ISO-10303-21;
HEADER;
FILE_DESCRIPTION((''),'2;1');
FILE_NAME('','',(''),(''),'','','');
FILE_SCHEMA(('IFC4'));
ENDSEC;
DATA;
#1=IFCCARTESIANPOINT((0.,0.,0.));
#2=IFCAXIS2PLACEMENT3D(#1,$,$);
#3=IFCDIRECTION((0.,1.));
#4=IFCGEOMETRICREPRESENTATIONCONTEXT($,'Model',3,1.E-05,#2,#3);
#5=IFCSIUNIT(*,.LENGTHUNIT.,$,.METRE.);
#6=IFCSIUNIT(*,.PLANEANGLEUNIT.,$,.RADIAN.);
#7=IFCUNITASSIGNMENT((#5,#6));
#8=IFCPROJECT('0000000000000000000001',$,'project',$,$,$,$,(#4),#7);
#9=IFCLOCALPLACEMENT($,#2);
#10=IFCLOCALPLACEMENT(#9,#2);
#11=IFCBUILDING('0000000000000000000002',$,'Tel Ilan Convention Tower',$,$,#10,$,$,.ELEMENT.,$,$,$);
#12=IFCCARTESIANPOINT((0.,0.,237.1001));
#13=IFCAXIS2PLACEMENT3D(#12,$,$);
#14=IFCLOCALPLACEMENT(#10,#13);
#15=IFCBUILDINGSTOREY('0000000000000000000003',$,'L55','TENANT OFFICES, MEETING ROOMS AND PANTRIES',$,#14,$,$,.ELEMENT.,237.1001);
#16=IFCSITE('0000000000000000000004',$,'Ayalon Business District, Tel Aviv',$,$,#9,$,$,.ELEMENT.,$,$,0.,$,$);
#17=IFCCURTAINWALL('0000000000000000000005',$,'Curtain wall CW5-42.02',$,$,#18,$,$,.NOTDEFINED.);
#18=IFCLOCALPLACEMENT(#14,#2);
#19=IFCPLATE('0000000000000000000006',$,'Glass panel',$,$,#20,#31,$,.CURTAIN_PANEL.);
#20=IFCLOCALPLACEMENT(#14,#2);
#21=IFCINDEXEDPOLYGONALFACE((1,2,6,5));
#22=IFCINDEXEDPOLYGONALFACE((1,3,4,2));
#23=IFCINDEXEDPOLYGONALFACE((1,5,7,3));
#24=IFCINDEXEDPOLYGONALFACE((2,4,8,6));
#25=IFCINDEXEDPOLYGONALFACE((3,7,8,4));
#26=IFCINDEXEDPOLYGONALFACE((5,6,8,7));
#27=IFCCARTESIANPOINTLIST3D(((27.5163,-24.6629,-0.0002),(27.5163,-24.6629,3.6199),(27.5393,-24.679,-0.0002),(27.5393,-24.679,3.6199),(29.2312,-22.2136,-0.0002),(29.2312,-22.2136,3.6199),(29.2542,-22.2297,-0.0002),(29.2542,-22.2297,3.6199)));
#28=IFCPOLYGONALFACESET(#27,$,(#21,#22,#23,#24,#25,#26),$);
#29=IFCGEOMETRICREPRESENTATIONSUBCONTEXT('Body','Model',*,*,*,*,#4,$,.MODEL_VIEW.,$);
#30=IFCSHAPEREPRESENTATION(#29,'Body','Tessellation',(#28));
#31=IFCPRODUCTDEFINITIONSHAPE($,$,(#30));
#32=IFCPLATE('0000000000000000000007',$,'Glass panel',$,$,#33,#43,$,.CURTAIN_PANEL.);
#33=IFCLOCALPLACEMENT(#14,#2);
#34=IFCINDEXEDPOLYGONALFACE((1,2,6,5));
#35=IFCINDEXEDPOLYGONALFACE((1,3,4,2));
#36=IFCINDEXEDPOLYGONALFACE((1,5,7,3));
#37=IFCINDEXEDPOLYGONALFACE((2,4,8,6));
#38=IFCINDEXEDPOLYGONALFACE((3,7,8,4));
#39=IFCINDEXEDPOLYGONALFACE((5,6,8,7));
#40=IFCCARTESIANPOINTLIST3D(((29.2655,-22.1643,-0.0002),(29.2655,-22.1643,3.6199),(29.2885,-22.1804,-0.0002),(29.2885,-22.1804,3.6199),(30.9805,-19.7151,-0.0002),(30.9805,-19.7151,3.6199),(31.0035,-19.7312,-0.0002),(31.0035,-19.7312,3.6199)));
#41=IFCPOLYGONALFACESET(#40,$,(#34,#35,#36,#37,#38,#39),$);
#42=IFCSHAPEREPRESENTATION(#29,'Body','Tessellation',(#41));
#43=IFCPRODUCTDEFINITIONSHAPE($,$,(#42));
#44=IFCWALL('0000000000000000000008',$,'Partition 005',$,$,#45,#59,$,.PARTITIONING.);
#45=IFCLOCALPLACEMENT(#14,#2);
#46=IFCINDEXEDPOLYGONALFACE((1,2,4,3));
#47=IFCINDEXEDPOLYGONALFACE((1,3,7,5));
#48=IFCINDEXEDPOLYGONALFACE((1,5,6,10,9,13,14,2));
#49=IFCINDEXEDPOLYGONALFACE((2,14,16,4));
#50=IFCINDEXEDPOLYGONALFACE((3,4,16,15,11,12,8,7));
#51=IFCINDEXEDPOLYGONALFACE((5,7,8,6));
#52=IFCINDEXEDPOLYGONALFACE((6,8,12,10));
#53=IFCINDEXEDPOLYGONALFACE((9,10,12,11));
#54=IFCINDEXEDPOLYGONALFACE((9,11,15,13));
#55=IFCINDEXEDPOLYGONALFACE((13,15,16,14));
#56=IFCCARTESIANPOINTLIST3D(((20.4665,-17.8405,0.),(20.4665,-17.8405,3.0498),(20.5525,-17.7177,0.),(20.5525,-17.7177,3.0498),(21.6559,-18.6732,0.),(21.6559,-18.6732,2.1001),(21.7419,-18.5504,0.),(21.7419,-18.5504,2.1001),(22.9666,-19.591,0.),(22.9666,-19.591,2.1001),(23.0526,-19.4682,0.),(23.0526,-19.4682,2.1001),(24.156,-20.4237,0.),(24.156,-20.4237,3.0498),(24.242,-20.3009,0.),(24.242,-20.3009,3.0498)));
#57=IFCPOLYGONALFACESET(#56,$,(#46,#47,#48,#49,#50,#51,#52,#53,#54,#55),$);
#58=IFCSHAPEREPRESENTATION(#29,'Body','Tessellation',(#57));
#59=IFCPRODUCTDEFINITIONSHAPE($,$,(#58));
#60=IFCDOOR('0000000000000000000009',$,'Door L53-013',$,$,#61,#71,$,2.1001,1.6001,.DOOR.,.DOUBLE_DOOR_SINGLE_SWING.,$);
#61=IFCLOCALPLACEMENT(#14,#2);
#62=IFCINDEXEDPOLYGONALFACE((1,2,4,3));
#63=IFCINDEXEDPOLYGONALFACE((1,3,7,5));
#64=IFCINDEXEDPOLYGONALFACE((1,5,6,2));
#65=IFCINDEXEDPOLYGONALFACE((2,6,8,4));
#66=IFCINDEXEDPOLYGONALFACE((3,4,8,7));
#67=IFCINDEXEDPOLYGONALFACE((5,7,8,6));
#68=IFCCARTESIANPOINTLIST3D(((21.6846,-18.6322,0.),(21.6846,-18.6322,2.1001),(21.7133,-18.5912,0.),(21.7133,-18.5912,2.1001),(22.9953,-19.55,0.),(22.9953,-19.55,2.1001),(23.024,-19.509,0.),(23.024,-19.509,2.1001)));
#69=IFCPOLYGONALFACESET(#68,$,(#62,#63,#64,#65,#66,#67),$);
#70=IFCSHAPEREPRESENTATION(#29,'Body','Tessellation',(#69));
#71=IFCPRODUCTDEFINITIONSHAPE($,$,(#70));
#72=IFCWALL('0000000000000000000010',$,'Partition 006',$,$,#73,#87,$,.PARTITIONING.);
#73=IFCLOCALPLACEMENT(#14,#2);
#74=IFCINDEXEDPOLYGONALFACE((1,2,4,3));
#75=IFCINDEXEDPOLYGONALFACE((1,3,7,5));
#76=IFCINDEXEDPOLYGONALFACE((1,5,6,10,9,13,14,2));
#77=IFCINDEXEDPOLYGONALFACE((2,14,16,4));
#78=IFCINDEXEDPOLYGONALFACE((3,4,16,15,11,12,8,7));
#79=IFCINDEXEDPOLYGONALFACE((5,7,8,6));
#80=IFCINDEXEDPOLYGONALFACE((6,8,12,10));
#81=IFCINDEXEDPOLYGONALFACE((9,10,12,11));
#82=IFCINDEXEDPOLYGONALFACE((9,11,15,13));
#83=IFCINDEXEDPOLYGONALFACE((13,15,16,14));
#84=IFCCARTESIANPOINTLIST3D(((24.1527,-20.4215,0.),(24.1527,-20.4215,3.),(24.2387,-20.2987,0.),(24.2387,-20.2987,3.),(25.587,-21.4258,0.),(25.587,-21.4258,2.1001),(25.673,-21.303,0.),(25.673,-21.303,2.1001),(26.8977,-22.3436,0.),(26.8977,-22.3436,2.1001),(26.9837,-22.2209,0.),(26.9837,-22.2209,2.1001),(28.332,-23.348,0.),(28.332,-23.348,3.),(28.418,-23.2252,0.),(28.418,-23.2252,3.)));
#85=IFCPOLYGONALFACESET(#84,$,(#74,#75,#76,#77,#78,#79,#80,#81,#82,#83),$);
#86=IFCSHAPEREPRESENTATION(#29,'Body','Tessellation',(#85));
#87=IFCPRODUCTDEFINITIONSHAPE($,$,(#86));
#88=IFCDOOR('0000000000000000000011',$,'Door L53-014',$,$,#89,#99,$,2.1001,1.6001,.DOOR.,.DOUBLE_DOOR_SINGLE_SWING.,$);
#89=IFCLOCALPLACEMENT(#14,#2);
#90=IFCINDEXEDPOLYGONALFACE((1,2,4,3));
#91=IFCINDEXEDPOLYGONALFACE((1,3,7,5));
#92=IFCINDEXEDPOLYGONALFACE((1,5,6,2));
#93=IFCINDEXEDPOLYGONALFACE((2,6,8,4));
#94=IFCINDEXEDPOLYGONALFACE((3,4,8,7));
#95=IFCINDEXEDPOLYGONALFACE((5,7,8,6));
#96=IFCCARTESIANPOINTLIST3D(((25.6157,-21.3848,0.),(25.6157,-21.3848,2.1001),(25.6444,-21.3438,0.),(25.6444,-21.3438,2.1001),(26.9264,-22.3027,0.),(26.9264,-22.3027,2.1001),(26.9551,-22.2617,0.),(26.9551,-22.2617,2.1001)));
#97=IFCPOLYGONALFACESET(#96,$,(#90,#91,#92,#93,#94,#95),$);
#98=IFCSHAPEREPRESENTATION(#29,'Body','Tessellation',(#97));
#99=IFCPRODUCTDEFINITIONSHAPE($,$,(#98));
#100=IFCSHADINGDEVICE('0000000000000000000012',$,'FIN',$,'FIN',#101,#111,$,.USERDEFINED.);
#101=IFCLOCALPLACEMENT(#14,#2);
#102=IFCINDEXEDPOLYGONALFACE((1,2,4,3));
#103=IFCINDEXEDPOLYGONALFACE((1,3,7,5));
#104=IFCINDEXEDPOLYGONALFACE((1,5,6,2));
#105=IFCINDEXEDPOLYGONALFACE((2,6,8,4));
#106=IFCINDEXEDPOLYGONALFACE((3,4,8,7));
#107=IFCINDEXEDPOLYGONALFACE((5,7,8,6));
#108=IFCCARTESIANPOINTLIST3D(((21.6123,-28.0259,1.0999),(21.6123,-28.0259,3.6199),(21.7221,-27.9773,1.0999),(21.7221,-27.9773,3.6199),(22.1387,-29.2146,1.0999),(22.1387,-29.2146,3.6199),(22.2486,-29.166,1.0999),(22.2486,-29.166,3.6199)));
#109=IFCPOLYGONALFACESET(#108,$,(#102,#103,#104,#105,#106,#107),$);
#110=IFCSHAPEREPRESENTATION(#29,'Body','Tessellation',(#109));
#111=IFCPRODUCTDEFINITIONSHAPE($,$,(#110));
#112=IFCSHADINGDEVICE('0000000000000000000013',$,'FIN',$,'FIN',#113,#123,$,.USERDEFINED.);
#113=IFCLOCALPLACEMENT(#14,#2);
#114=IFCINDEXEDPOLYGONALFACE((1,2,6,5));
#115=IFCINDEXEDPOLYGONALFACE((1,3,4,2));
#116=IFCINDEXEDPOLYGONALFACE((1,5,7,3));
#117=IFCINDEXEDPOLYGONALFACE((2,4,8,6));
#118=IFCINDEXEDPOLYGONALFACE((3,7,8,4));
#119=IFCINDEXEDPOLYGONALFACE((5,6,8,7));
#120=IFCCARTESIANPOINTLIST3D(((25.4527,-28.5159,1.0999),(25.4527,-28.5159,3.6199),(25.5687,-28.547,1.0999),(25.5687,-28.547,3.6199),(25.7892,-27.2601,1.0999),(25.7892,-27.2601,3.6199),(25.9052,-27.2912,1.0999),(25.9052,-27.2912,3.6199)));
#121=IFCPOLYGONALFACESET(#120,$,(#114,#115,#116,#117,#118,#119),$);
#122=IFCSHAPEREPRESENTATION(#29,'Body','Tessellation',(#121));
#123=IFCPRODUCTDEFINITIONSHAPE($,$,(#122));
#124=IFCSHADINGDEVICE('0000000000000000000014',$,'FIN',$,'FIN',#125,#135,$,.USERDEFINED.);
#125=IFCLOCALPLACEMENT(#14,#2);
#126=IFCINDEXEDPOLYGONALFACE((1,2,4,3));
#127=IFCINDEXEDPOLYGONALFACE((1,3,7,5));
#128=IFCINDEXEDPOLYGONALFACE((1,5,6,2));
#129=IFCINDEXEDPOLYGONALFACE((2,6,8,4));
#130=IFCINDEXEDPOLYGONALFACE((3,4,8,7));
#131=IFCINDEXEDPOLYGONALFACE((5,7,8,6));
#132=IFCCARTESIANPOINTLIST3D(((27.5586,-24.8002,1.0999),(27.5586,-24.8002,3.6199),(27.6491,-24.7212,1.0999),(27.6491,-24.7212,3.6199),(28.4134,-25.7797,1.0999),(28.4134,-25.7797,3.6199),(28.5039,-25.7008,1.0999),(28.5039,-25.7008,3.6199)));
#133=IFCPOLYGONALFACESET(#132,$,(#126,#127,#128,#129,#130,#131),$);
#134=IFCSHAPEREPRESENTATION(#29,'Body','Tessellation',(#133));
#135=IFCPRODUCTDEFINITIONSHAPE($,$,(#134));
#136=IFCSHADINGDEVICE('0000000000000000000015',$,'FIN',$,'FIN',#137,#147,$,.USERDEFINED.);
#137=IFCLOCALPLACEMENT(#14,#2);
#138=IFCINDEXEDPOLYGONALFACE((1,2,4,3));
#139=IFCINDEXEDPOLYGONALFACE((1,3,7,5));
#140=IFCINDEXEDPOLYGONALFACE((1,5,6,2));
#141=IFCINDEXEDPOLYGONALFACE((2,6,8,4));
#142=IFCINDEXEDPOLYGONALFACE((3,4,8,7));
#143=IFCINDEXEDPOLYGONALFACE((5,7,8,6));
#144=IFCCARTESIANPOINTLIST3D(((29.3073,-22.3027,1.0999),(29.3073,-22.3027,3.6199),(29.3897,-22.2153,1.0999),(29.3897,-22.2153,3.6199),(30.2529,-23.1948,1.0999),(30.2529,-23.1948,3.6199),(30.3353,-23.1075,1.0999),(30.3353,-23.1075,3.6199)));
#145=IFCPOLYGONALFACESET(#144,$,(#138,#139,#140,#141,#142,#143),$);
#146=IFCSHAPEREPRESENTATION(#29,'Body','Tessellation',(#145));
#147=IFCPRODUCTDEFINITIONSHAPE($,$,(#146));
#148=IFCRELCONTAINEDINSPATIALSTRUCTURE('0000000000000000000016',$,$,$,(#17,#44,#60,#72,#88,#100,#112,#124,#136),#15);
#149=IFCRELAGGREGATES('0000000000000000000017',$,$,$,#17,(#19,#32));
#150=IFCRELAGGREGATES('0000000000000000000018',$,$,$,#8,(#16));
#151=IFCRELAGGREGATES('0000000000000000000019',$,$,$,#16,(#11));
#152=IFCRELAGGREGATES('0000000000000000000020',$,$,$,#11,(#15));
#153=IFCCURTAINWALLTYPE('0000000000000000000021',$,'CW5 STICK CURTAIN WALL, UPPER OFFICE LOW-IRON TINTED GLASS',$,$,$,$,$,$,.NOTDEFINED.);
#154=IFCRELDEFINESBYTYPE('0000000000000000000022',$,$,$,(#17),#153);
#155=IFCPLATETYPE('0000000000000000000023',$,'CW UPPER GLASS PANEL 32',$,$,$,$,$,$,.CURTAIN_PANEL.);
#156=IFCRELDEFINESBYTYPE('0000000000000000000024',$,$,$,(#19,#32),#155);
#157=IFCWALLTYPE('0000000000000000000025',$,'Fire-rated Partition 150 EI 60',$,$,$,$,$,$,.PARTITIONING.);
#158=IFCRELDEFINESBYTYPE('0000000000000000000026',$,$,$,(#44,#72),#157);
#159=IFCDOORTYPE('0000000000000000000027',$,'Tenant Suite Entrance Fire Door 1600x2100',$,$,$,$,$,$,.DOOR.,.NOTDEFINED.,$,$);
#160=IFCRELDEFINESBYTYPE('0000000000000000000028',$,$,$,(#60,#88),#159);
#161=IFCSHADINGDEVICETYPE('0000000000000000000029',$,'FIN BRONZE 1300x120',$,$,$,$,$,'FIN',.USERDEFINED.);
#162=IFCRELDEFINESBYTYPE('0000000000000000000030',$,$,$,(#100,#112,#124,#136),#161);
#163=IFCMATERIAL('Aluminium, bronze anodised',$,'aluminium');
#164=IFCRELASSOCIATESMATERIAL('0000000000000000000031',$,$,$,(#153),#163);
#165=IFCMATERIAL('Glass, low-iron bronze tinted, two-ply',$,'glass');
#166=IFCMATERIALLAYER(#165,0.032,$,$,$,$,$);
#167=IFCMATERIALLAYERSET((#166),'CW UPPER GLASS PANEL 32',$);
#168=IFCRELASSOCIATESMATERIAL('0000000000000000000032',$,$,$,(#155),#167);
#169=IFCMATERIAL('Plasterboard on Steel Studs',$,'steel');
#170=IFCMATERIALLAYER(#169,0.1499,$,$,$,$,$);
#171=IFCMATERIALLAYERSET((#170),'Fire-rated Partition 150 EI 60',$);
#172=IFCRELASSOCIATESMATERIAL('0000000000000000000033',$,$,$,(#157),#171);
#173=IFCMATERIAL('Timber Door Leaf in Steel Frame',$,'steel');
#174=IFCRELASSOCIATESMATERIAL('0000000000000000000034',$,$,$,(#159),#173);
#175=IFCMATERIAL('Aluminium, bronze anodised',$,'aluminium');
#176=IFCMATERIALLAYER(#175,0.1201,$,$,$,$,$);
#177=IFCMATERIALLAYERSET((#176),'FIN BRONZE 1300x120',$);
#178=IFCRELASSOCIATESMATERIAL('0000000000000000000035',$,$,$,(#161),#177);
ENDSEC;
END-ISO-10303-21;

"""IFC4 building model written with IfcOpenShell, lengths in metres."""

from ifc_helpers import new_model, si_unit, direction, frame, frame_2d, origin, origin_2d, place, context, subcontext, project, spatial, rectangle, extrude, material, layer, layer_set, type_object, element, fill, aggregate, save


model = new_model("IFC4")

# Units and contexts
model_context = context("Model", 3, precision=1e-05, world=origin(), true_north=direction((0.0, 1.0)))
body_context = subcontext(model_context, "Body", "Model", "MODEL_VIEW")
ifc_project = project(units=[si_unit("LENGTHUNIT", "METRE"), si_unit("PLANEANGLEUNIT", "RADIAN")], contexts=[model_context])

# Site, building, storey
site_placement = place(None, origin())
site = spatial("IfcSite", under=ifc_project, at=site_placement, Name="Ayalon Business District, Tel Aviv", CompositionType="ELEMENT", RefElevation=0.0)
building_placement = place(site_placement, origin())
building = spatial("IfcBuilding", under=site, at=building_placement, Name="Tel Ilan Convention Tower", CompositionType="ELEMENT")
storey_placement = place(building_placement, frame((0.0, 0.0, 237.1001)))
storey = spatial("IfcBuildingStorey", under=building, at=storey_placement, Name="L55", Description="TENANT OFFICES, MEETING ROOMS AND PANTRIES", CompositionType="ELEMENT", Elevation=237.1001)

# Curtain wall, plates
ifc_material_1 = material(Name="Aluminium, bronze anodised", Category="aluminium")
curtain_wall_type = type_object("IfcCurtainWallType", Name="CW5 STICK CURTAIN WALL, UPPER OFFICE LOW-IRON TINTED GLASS", PredefinedType="NOTDEFINED", material=ifc_material_1)
curtain_wall_placement = place(storey_placement, origin())
curtain_wall = element("IfcCurtainWall", 1, at=curtain_wall_placement, inside=storey, type_object=curtain_wall_type, Name="Curtain wall CW5-42.02", PredefinedType="NOTDEFINED")
ifc_material_2 = material(Name="Glass, low-iron bronze tinted, two-ply", Category="glass")
ifc_layer_1 = layer(ifc_material_2, 0.032)
ifc_layer_set_1 = layer_set([ifc_layer_1], Name="CW UPPER GLASS PANEL 32")
plate_type = type_object("IfcPlateType", Name="CW UPPER GLASS PANEL 32", PredefinedType="CURTAIN_PANEL", material=ifc_layer_set_1)
plate_1_placement = place(storey_placement, frame((28.3853, -23.4463, -0.0002), z_axis=(0.0, 0.0, 1.0), x_axis=(0.573576, 0.819152, 0.0)))
plate_1 = element("IfcPlate", 2, at=plate_1_placement, type_object=plate_type, Name="Glass panel", PredefinedType="CURTAIN_PANEL", context=body_context, shape_type="SweptSolid", body=[
    extrude(rectangle(XDim=2.99, YDim=0.0281, at=origin_2d()), origin(), (0.0, 0.0, 1.0), 3.6201),
])
plate_2_placement = place(storey_placement, frame((30.1345, -20.9478, -0.0002), z_axis=(0.0, 0.0, 1.0), x_axis=(0.573576, 0.819152, 0.0)))
plate_2 = element("IfcPlate", 3, at=plate_2_placement, type_object=plate_type, Name="Glass panel", PredefinedType="CURTAIN_PANEL", context=body_context, shape_type="SweptSolid", body=[
    extrude(rectangle(XDim=2.99, YDim=0.0281, at=origin_2d()), origin(), (0.0, 0.0, 1.0), 3.6201),
])
aggregate(curtain_wall, [plate_1, plate_2])

# Walls, openings, doors
ifc_material_3 = material(Name="Plasterboard on Steel Studs", Category="steel")
ifc_layer_2 = layer(ifc_material_3, 0.1499)
ifc_layer_set_2 = layer_set([ifc_layer_2], Name="Fire-rated Partition 150 EI 60")
wall_type = type_object("IfcWallType", Name="Fire-rated Partition 150 EI 60", PredefinedType="PARTITIONING", material=ifc_layer_set_2)
wall_1_placement = place(storey_placement, frame((24.199, -20.3623, 0.0), z_axis=(0.0, 0.0, 1.0), x_axis=(-0.819166, 0.573557, 0.0)))
wall_1 = element("IfcWall", 4, at=wall_1_placement, inside=storey, type_object=wall_type, Name="Partition 005", PredefinedType="PARTITIONING", context=body_context, shape_type="SweptSolid", body=[
    extrude(rectangle(XDim=4.5039, YDim=0.1499, at=frame_2d((2.252, 0.0))), origin(), (0.0, 0.0, 1.0), 3.0498),
])
opening_1_placement = place(wall_1_placement, frame((1.4519, 0.0, 0.0)))
opening_1 = element("IfcOpeningElement", 5, at=opening_1_placement, cuts=wall_1, PredefinedType="OPENING", context=body_context, shape_type="SweptSolid", body=[
    extrude(rectangle(XDim=1.6001, YDim=2.1001, at=frame_2d((0.8, 1.05))), frame((0.0, 0.085, 0.0), z_axis=(0.0, -1.0, 0.0), x_axis=(1.0, 0.0, 0.0)), (0.0, 0.0, 1.0), 0.1699),
])
ifc_material_4 = material(Name="Timber Door Leaf in Steel Frame", Category="steel")
door_type = type_object("IfcDoorType", Name="Tenant Suite Entrance Fire Door 1600x2100", OperationType="NOTDEFINED", PredefinedType="DOOR", material=ifc_material_4)
door_1_placement = place(opening_1_placement, origin())
door_1 = element("IfcDoor", 6, at=door_1_placement, inside=storey, type_object=door_type, Name="Door L53-013", OperationType="DOUBLE_DOOR_SINGLE_SWING", OverallHeight=2.1001, OverallWidth=1.6001, PredefinedType="DOOR", context=body_context, shape_type="SweptSolid", body=[
    extrude(rectangle(XDim=1.6001, YDim=2.1001, at=frame_2d((0.8, 1.05))), frame((0.0, 0.0249, 0.0), z_axis=(0.0, -1.0, 0.0), x_axis=(1.0, 0.0, 0.0)), (0.0, 0.0, 1.0), 0.05),
])
fill(opening_1, door_1)
wall_2_placement = place(storey_placement, frame((28.375, -23.2866, 0.0), z_axis=(0.0, 0.0, 1.0), x_axis=(-0.819133, 0.573604, 0.0)))
wall_2 = element("IfcWall", 7, at=wall_2_placement, inside=storey, type_object=wall_type, Name="Partition 006", PredefinedType="PARTITIONING", context=body_context, shape_type="SweptSolid", body=[
    extrude(rectangle(XDim=5.1021, YDim=0.1499, at=frame_2d((2.551, 0.0))), origin(), (0.0, 0.0, 1.0), 3.0),
])
opening_2_placement = place(wall_2_placement, frame((1.751, 0.0, 0.0)))
opening_2 = element("IfcOpeningElement", 8, at=opening_2_placement, cuts=wall_2, PredefinedType="OPENING", context=body_context, shape_type="SweptSolid", body=[
    extrude(rectangle(XDim=1.6001, YDim=2.1001, at=frame_2d((0.8, 1.05))), frame((0.0, 0.085, 0.0), z_axis=(0.0, -1.0, 0.0), x_axis=(1.0, 0.0, 0.0)), (0.0, 0.0, 1.0), 0.1699),
])
door_2_placement = place(opening_2_placement, origin())
door_2 = element("IfcDoor", 9, at=door_2_placement, inside=storey, type_object=door_type, Name="Door L53-014", OperationType="DOUBLE_DOOR_SINGLE_SWING", OverallHeight=2.1001, OverallWidth=1.6001, PredefinedType="DOOR", context=body_context, shape_type="SweptSolid", body=[
    extrude(rectangle(XDim=1.6001, YDim=2.1001, at=frame_2d((0.8, 1.05))), frame((0.0, 0.0249, 0.0), z_axis=(0.0, -1.0, 0.0), x_axis=(1.0, 0.0, 0.0)), (0.0, 0.0, 1.0), 0.05),
])
fill(opening_2, door_2)

# Shading devices
ifc_material_5 = material(Name="Aluminium, bronze anodised", Category="aluminium")
ifc_layer_3 = layer(ifc_material_5, 0.1201)
ifc_layer_set_3 = layer_set([ifc_layer_3], Name="FIN BRONZE 1300x120")
shading_device_type = type_object("IfcShadingDeviceType", Name="FIN BRONZE 1300x120", ElementType="FIN", PredefinedType="USERDEFINED", material=ifc_layer_set_3)
for number, where, z_axis, x_axis, name in (
    (10, (21.9304, -28.5959, 1.0999), (0.0, 0.0, 1.0), (0.404964, -0.914333, 0.0), "FIN"),
    (11, (25.679, -27.9036, 1.0999), (0.0, 0.0, 1.0), (-0.258819, -0.965926, 0.0), "FIN"),
    (12, (28.0312, -25.2505, 1.0999), (0.0, 0.0, 1.0), (0.657521, -0.753436, 0.0), "FIN"),
    (13, (29.8213, -22.7051, 1.0999), (0.0, 0.0, 1.0), (0.727374, -0.686242, 0.0), "FIN"),
):
    element("IfcShadingDevice", number, at=place(storey_placement, frame(where, z_axis=z_axis, x_axis=x_axis)), inside=storey, type_object=shading_device_type, Name=name, ObjectType="FIN", PredefinedType="USERDEFINED", context=body_context, shape_type="SweptSolid", body=[
        extrude(rectangle(XDim=1.3, YDim=0.1201, at=origin_2d()), origin(), (0.0, 0.0, 1.0), 2.52),
    ])

save(model, "model.ifc")
